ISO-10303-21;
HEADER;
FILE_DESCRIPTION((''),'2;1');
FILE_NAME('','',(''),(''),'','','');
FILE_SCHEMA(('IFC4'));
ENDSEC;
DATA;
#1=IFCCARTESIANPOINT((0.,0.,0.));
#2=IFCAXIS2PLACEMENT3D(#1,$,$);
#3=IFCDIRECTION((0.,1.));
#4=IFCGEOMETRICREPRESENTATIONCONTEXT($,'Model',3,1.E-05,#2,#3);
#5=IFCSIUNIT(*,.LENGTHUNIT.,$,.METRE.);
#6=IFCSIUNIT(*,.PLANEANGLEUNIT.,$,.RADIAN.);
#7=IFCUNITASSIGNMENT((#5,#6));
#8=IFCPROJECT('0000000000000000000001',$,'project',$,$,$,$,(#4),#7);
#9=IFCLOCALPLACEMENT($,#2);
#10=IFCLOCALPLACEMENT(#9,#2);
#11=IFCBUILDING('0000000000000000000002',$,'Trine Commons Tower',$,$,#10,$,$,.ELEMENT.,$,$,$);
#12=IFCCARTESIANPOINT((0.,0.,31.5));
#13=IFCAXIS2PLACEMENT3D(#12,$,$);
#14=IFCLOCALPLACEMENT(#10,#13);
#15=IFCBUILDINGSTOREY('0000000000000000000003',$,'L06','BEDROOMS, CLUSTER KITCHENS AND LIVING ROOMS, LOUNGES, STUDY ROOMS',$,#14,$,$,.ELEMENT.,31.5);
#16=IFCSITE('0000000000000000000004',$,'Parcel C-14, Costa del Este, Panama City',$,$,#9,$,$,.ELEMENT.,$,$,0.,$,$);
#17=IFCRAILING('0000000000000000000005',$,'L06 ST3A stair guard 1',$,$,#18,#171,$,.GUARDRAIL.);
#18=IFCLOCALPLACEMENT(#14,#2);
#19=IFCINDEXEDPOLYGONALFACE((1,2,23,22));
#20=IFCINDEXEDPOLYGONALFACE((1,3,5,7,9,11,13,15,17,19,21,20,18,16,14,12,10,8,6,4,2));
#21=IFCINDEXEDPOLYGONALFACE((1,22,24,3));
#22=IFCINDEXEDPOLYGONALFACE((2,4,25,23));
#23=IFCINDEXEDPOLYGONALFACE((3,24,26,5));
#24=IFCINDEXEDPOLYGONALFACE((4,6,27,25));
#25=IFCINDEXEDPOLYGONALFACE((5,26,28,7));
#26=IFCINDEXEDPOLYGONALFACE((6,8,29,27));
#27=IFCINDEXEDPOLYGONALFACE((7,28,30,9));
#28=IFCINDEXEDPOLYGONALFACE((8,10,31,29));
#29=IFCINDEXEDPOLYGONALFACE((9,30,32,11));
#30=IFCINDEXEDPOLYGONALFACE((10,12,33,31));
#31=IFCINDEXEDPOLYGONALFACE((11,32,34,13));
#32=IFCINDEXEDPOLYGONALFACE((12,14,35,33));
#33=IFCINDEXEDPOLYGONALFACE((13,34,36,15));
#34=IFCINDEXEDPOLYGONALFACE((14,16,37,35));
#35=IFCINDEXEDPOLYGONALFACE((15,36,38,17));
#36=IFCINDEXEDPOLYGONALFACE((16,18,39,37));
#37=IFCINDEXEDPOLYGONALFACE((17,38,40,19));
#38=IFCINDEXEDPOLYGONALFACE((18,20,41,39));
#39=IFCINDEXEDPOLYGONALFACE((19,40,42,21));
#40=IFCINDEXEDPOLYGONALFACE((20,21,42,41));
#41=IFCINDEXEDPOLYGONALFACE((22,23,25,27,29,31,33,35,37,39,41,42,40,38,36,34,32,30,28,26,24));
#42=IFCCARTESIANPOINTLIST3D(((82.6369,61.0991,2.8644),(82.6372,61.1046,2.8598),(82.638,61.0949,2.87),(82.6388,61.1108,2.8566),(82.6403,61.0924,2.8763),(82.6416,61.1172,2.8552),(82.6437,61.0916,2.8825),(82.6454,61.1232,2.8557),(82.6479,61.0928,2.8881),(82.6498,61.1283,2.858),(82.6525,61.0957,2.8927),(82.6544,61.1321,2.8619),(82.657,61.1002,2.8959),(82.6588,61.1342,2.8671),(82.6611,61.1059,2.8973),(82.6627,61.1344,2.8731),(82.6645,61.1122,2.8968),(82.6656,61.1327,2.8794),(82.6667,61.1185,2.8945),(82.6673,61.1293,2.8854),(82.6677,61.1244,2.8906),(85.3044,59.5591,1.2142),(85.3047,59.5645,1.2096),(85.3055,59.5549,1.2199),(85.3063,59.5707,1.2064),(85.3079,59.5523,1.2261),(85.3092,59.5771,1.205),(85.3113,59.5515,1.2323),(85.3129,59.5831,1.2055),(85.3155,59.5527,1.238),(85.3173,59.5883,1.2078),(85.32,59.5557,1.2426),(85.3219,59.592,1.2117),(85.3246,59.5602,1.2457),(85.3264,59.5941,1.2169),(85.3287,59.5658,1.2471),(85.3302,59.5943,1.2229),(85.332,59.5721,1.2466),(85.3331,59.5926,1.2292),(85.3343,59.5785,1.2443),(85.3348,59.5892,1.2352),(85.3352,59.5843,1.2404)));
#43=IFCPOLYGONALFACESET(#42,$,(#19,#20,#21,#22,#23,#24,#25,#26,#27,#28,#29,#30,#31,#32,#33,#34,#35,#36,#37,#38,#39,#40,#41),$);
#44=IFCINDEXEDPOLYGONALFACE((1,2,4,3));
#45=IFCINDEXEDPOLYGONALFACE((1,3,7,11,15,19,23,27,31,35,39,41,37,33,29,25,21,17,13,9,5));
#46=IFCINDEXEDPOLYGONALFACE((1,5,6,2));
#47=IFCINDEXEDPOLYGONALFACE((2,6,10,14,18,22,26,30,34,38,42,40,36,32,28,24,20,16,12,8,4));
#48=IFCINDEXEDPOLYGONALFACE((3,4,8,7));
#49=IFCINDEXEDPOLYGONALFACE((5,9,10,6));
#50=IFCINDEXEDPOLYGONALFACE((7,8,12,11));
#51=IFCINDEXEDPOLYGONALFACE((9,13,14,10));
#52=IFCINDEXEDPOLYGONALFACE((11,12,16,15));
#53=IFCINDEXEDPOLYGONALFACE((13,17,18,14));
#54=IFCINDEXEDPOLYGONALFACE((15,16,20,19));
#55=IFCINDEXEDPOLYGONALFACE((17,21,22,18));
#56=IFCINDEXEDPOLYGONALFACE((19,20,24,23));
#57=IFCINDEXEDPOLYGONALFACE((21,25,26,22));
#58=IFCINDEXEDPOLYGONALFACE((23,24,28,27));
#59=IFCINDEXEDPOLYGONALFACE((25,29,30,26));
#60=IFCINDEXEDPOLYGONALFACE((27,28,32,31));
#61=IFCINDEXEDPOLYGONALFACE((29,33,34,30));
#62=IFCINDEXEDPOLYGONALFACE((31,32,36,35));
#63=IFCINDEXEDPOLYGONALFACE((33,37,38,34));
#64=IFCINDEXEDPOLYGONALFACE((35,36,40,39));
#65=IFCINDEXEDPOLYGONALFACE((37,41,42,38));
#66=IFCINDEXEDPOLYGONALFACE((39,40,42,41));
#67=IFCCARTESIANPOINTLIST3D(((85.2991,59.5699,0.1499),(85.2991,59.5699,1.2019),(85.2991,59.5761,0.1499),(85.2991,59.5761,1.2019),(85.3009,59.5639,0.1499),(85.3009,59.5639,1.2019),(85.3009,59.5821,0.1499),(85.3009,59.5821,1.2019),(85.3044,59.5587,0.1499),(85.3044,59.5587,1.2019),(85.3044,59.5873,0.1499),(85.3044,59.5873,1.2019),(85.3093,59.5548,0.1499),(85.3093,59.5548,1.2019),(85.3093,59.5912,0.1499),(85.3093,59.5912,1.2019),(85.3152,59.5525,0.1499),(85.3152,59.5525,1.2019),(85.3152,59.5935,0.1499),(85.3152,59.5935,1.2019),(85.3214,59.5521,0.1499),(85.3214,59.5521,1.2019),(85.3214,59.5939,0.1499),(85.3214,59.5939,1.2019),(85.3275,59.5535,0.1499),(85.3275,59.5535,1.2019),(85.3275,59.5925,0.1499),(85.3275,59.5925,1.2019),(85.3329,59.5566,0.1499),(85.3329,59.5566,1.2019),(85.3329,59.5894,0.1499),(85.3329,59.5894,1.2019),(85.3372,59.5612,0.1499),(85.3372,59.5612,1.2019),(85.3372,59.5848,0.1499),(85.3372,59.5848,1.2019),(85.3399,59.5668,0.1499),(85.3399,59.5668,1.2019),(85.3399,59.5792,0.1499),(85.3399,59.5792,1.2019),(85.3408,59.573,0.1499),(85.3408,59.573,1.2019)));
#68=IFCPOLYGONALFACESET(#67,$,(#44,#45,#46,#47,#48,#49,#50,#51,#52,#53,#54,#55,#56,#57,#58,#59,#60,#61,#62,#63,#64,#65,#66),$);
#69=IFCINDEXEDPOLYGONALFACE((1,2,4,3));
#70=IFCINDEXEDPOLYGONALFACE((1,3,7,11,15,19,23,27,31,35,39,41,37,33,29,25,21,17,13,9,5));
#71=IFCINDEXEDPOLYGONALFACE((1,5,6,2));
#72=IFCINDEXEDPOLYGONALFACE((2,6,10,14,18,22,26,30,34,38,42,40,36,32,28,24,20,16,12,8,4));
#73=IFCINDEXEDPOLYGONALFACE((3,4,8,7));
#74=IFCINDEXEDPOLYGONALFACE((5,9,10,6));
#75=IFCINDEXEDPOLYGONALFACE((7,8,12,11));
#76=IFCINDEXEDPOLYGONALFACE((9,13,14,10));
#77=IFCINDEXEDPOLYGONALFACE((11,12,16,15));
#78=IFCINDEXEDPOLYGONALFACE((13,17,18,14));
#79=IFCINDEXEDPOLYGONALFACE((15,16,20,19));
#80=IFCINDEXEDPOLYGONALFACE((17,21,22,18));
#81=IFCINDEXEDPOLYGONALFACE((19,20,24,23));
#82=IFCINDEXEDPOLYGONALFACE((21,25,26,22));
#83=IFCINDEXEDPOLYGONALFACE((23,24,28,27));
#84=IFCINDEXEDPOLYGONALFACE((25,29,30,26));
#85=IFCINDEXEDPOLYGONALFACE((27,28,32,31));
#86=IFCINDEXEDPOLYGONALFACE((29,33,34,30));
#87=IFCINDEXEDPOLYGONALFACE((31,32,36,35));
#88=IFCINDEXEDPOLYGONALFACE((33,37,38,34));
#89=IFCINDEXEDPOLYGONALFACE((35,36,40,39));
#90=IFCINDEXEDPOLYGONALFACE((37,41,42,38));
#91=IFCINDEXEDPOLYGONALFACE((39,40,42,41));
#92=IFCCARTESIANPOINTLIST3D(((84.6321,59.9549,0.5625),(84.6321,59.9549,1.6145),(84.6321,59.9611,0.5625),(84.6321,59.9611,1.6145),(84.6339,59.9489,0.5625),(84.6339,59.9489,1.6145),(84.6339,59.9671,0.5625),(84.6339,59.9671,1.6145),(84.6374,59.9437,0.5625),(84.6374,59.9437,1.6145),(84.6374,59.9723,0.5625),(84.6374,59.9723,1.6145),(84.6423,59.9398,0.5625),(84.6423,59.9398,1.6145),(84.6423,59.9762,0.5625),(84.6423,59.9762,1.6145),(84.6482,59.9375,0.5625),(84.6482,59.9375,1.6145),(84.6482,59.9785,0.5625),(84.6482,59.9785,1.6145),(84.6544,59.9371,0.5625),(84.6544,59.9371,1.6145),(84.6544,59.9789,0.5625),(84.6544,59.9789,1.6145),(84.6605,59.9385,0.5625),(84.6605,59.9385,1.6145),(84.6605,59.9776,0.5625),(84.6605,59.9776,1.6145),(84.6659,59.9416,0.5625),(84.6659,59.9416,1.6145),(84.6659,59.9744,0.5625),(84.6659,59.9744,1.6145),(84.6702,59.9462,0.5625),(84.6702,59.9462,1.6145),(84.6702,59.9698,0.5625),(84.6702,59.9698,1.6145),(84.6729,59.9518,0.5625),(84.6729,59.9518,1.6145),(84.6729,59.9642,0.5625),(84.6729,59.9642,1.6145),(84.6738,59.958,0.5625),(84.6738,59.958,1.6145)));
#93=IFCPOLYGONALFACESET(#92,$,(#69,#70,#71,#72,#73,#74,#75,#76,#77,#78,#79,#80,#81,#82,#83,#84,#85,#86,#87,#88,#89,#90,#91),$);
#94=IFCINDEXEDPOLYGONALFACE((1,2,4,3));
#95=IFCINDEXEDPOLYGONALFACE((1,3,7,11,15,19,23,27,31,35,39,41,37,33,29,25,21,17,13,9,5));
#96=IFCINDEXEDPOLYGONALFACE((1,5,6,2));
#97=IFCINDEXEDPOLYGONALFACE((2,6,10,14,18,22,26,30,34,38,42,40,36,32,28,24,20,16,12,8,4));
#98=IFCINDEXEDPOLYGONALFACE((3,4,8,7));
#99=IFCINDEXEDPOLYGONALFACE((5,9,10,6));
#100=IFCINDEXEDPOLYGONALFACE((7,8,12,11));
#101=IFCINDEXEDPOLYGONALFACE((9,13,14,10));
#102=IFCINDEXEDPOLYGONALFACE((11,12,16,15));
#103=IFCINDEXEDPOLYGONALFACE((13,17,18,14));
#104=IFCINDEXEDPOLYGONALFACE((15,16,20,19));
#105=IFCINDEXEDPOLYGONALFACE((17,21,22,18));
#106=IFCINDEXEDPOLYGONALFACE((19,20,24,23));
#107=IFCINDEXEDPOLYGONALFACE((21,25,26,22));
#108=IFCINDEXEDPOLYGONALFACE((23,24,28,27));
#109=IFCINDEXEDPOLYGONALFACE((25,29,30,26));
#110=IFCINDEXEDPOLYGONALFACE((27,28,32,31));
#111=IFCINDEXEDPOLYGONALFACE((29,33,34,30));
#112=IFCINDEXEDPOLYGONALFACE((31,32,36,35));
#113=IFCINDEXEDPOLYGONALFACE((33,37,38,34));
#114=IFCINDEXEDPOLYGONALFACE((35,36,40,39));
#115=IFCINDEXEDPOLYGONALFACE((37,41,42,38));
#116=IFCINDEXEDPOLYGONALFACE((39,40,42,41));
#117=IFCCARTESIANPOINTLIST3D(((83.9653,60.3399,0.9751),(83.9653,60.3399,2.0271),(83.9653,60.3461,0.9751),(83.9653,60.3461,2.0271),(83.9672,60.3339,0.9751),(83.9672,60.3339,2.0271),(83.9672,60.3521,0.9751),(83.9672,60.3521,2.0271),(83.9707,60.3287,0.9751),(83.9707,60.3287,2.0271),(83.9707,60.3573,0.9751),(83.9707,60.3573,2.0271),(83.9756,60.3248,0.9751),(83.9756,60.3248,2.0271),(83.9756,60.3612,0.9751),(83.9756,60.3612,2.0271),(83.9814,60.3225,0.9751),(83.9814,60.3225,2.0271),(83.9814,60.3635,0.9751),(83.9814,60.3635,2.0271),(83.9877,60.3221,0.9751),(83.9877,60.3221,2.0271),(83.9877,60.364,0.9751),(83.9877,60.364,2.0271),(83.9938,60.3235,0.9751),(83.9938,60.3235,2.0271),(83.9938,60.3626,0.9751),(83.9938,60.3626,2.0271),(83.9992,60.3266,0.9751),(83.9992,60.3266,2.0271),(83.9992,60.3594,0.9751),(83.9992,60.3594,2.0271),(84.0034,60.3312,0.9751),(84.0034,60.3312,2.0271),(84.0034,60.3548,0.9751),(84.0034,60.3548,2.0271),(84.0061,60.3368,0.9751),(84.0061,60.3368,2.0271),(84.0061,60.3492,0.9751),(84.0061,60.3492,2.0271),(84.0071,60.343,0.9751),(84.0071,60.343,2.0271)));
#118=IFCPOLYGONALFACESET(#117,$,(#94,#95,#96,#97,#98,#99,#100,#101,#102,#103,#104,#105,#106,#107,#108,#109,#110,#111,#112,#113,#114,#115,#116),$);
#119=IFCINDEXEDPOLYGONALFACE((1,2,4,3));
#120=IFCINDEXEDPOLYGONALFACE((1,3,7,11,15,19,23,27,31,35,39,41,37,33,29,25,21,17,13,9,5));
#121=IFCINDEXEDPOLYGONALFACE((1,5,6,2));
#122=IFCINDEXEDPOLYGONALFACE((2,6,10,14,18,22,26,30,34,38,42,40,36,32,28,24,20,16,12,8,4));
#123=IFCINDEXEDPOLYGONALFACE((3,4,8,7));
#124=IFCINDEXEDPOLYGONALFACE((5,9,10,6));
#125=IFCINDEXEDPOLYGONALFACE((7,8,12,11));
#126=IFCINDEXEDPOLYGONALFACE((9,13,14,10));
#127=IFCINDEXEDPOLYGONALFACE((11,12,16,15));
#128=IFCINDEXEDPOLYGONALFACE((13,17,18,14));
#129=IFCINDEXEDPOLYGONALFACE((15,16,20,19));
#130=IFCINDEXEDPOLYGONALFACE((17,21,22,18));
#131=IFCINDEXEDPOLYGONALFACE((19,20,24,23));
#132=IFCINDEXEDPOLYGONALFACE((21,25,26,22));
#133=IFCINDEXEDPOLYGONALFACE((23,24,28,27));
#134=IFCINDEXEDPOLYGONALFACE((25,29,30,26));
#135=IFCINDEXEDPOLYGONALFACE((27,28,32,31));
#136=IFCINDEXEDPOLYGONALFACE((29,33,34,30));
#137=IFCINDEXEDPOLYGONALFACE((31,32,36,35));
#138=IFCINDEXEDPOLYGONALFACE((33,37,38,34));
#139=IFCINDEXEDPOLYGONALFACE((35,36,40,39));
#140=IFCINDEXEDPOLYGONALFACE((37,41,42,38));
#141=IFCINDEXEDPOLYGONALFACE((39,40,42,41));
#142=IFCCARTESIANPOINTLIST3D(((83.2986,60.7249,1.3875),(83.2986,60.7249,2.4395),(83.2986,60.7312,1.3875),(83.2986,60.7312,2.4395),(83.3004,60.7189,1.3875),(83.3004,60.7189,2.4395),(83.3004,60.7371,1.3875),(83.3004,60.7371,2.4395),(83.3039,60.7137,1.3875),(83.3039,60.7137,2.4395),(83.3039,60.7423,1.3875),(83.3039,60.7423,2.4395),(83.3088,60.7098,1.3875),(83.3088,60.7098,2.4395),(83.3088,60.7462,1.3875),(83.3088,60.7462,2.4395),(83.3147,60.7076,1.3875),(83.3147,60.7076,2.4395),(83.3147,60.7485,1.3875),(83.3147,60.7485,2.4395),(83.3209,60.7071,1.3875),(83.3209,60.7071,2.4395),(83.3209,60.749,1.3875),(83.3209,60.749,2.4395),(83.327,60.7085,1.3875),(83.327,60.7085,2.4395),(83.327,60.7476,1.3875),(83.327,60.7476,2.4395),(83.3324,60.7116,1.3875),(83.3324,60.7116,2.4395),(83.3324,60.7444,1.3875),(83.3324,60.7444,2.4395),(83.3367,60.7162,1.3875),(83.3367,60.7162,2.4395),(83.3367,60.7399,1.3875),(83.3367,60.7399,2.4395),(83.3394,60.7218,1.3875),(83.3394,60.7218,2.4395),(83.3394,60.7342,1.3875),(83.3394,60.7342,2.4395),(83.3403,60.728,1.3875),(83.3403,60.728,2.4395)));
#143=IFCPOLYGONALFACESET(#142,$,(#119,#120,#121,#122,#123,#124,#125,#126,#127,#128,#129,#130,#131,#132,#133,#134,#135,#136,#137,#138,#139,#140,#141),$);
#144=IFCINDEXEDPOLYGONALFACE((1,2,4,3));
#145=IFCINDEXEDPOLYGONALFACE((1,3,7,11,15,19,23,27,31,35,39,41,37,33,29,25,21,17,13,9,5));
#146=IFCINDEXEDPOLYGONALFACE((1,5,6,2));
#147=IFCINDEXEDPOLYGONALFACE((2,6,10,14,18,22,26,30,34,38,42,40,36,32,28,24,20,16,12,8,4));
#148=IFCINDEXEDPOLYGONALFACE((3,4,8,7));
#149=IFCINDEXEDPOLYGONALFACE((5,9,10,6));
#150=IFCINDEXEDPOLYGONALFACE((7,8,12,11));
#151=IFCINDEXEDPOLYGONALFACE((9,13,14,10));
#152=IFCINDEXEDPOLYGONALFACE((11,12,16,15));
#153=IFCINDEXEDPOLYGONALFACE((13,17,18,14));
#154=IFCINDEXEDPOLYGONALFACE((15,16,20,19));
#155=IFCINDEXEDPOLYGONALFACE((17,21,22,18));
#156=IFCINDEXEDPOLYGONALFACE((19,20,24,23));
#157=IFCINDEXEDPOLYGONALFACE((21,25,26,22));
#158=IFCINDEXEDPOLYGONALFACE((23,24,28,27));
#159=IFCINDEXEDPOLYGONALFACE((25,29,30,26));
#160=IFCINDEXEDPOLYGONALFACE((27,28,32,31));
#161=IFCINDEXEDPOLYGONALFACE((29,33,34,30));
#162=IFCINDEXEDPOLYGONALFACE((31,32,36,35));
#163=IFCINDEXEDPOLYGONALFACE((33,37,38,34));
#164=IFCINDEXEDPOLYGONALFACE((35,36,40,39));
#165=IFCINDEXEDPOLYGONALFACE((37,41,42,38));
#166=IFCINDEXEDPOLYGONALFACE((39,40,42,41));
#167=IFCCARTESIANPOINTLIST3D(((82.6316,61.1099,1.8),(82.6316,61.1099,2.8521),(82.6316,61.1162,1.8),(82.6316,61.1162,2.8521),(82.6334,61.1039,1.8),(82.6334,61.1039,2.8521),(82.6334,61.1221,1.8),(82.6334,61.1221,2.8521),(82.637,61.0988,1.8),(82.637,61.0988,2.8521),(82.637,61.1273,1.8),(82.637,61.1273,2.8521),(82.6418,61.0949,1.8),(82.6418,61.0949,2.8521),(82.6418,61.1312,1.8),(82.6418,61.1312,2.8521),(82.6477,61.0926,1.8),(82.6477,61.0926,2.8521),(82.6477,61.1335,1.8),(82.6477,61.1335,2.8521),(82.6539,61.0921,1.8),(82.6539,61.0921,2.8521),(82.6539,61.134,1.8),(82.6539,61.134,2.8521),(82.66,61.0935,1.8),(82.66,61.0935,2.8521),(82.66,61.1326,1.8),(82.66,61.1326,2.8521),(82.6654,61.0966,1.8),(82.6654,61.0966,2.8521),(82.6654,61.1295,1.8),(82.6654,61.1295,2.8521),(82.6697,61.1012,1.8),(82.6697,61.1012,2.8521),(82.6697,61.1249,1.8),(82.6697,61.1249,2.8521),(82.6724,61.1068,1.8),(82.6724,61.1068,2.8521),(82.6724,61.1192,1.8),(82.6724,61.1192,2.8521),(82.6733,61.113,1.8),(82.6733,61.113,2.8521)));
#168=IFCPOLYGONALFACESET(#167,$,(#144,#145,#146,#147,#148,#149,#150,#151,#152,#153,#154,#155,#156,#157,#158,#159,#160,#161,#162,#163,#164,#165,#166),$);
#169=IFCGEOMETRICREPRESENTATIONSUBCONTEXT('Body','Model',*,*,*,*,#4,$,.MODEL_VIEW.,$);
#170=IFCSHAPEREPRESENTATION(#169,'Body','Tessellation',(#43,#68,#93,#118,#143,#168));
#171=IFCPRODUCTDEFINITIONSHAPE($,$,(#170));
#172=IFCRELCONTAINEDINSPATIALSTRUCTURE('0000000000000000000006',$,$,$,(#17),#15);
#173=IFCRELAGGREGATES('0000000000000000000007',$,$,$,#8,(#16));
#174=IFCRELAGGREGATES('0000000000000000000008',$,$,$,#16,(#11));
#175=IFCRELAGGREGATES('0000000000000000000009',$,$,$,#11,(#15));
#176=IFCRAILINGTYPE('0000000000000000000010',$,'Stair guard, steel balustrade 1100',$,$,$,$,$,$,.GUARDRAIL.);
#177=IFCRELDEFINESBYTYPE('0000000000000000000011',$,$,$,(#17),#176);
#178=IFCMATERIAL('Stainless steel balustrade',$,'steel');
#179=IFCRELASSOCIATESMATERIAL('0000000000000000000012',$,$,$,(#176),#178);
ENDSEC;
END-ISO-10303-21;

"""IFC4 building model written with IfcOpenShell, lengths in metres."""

from ifc_helpers import new_model, si_unit, direction, frame, origin, origin_2d, place, context, subcontext, project, spatial, circle, extrude, material, type_object, element, save


model = new_model("IFC4")

# Units and contexts
model_context = context("Model", 3, precision=1e-05, world=origin(), true_north=direction((0.0, 1.0)))
body_context = subcontext(model_context, "Body", "Model", "MODEL_VIEW")
ifc_project = project(units=[si_unit("LENGTHUNIT", "METRE"), si_unit("PLANEANGLEUNIT", "RADIAN")], contexts=[model_context])

# Site, building, storey
site_placement = place(None, origin())
site = spatial("IfcSite", under=ifc_project, at=site_placement, Name="Parcel C-14, Costa del Este, Panama City", CompositionType="ELEMENT", RefElevation=0.0)
building_placement = place(site_placement, origin())
building = spatial("IfcBuilding", under=site, at=building_placement, Name="Trine Commons Tower", CompositionType="ELEMENT")
storey_placement = place(building_placement, frame((0.0, 0.0, 31.5)))
storey = spatial("IfcBuildingStorey", under=building, at=storey_placement, Name="L06", Description="BEDROOMS, CLUSTER KITCHENS AND LIVING ROOMS, LOUNGES, STUDY ROOMS", CompositionType="ELEMENT", Elevation=31.5)

# Railing
ifc_material_1 = material(Name="Stainless steel balustrade", Category="steel")
railing_type_1 = type_object("IfcRailingType", Name="Stair guard, steel balustrade 1100", PredefinedType="GUARDRAIL", material=ifc_material_1)
railing_1_placement = place(storey_placement, frame((85.3198, 59.573, 0.1499)))
element("IfcRailing", 1, at=railing_1_placement, inside=storey, type_object=railing_type_1, Name="L06 ST3A stair guard 1", PredefinedType="GUARDRAIL", context=body_context, shape_type="SweptSolid", body=[
    extrude(circle(Radius=0.0239, at=origin_2d()), frame((0.0, 0.0, 1.0762), z_axis=(-0.76338, 0.440728, 0.472239), x_axis=(-0.499992, -0.86603, 0.0)), (0.0, 0.0, 1.0), 3.4944),
    extrude(circle(Radius=0.021, at=origin_2d()), origin(), (0.0, 0.0, 1.0), 1.052),
    extrude(circle(Radius=0.021, at=origin_2d()), frame((-0.667, 0.385, 0.4126)), (0.0, 0.0, 1.0), 1.052),
    extrude(circle(Radius=0.021, at=origin_2d()), frame((-1.3337, 0.77, 0.8252)), (0.0, 0.0, 1.0), 1.052),
    extrude(circle(Radius=0.021, at=origin_2d()), frame((-2.0005, 1.155, 1.2375)), (0.0, 0.0, 1.0), 1.052),
    extrude(circle(Radius=0.021, at=origin_2d()), frame((-2.6675, 1.54, 1.6501)), (0.0, 0.0, 1.0), 1.052),
])

save(model, "model.ifc")
